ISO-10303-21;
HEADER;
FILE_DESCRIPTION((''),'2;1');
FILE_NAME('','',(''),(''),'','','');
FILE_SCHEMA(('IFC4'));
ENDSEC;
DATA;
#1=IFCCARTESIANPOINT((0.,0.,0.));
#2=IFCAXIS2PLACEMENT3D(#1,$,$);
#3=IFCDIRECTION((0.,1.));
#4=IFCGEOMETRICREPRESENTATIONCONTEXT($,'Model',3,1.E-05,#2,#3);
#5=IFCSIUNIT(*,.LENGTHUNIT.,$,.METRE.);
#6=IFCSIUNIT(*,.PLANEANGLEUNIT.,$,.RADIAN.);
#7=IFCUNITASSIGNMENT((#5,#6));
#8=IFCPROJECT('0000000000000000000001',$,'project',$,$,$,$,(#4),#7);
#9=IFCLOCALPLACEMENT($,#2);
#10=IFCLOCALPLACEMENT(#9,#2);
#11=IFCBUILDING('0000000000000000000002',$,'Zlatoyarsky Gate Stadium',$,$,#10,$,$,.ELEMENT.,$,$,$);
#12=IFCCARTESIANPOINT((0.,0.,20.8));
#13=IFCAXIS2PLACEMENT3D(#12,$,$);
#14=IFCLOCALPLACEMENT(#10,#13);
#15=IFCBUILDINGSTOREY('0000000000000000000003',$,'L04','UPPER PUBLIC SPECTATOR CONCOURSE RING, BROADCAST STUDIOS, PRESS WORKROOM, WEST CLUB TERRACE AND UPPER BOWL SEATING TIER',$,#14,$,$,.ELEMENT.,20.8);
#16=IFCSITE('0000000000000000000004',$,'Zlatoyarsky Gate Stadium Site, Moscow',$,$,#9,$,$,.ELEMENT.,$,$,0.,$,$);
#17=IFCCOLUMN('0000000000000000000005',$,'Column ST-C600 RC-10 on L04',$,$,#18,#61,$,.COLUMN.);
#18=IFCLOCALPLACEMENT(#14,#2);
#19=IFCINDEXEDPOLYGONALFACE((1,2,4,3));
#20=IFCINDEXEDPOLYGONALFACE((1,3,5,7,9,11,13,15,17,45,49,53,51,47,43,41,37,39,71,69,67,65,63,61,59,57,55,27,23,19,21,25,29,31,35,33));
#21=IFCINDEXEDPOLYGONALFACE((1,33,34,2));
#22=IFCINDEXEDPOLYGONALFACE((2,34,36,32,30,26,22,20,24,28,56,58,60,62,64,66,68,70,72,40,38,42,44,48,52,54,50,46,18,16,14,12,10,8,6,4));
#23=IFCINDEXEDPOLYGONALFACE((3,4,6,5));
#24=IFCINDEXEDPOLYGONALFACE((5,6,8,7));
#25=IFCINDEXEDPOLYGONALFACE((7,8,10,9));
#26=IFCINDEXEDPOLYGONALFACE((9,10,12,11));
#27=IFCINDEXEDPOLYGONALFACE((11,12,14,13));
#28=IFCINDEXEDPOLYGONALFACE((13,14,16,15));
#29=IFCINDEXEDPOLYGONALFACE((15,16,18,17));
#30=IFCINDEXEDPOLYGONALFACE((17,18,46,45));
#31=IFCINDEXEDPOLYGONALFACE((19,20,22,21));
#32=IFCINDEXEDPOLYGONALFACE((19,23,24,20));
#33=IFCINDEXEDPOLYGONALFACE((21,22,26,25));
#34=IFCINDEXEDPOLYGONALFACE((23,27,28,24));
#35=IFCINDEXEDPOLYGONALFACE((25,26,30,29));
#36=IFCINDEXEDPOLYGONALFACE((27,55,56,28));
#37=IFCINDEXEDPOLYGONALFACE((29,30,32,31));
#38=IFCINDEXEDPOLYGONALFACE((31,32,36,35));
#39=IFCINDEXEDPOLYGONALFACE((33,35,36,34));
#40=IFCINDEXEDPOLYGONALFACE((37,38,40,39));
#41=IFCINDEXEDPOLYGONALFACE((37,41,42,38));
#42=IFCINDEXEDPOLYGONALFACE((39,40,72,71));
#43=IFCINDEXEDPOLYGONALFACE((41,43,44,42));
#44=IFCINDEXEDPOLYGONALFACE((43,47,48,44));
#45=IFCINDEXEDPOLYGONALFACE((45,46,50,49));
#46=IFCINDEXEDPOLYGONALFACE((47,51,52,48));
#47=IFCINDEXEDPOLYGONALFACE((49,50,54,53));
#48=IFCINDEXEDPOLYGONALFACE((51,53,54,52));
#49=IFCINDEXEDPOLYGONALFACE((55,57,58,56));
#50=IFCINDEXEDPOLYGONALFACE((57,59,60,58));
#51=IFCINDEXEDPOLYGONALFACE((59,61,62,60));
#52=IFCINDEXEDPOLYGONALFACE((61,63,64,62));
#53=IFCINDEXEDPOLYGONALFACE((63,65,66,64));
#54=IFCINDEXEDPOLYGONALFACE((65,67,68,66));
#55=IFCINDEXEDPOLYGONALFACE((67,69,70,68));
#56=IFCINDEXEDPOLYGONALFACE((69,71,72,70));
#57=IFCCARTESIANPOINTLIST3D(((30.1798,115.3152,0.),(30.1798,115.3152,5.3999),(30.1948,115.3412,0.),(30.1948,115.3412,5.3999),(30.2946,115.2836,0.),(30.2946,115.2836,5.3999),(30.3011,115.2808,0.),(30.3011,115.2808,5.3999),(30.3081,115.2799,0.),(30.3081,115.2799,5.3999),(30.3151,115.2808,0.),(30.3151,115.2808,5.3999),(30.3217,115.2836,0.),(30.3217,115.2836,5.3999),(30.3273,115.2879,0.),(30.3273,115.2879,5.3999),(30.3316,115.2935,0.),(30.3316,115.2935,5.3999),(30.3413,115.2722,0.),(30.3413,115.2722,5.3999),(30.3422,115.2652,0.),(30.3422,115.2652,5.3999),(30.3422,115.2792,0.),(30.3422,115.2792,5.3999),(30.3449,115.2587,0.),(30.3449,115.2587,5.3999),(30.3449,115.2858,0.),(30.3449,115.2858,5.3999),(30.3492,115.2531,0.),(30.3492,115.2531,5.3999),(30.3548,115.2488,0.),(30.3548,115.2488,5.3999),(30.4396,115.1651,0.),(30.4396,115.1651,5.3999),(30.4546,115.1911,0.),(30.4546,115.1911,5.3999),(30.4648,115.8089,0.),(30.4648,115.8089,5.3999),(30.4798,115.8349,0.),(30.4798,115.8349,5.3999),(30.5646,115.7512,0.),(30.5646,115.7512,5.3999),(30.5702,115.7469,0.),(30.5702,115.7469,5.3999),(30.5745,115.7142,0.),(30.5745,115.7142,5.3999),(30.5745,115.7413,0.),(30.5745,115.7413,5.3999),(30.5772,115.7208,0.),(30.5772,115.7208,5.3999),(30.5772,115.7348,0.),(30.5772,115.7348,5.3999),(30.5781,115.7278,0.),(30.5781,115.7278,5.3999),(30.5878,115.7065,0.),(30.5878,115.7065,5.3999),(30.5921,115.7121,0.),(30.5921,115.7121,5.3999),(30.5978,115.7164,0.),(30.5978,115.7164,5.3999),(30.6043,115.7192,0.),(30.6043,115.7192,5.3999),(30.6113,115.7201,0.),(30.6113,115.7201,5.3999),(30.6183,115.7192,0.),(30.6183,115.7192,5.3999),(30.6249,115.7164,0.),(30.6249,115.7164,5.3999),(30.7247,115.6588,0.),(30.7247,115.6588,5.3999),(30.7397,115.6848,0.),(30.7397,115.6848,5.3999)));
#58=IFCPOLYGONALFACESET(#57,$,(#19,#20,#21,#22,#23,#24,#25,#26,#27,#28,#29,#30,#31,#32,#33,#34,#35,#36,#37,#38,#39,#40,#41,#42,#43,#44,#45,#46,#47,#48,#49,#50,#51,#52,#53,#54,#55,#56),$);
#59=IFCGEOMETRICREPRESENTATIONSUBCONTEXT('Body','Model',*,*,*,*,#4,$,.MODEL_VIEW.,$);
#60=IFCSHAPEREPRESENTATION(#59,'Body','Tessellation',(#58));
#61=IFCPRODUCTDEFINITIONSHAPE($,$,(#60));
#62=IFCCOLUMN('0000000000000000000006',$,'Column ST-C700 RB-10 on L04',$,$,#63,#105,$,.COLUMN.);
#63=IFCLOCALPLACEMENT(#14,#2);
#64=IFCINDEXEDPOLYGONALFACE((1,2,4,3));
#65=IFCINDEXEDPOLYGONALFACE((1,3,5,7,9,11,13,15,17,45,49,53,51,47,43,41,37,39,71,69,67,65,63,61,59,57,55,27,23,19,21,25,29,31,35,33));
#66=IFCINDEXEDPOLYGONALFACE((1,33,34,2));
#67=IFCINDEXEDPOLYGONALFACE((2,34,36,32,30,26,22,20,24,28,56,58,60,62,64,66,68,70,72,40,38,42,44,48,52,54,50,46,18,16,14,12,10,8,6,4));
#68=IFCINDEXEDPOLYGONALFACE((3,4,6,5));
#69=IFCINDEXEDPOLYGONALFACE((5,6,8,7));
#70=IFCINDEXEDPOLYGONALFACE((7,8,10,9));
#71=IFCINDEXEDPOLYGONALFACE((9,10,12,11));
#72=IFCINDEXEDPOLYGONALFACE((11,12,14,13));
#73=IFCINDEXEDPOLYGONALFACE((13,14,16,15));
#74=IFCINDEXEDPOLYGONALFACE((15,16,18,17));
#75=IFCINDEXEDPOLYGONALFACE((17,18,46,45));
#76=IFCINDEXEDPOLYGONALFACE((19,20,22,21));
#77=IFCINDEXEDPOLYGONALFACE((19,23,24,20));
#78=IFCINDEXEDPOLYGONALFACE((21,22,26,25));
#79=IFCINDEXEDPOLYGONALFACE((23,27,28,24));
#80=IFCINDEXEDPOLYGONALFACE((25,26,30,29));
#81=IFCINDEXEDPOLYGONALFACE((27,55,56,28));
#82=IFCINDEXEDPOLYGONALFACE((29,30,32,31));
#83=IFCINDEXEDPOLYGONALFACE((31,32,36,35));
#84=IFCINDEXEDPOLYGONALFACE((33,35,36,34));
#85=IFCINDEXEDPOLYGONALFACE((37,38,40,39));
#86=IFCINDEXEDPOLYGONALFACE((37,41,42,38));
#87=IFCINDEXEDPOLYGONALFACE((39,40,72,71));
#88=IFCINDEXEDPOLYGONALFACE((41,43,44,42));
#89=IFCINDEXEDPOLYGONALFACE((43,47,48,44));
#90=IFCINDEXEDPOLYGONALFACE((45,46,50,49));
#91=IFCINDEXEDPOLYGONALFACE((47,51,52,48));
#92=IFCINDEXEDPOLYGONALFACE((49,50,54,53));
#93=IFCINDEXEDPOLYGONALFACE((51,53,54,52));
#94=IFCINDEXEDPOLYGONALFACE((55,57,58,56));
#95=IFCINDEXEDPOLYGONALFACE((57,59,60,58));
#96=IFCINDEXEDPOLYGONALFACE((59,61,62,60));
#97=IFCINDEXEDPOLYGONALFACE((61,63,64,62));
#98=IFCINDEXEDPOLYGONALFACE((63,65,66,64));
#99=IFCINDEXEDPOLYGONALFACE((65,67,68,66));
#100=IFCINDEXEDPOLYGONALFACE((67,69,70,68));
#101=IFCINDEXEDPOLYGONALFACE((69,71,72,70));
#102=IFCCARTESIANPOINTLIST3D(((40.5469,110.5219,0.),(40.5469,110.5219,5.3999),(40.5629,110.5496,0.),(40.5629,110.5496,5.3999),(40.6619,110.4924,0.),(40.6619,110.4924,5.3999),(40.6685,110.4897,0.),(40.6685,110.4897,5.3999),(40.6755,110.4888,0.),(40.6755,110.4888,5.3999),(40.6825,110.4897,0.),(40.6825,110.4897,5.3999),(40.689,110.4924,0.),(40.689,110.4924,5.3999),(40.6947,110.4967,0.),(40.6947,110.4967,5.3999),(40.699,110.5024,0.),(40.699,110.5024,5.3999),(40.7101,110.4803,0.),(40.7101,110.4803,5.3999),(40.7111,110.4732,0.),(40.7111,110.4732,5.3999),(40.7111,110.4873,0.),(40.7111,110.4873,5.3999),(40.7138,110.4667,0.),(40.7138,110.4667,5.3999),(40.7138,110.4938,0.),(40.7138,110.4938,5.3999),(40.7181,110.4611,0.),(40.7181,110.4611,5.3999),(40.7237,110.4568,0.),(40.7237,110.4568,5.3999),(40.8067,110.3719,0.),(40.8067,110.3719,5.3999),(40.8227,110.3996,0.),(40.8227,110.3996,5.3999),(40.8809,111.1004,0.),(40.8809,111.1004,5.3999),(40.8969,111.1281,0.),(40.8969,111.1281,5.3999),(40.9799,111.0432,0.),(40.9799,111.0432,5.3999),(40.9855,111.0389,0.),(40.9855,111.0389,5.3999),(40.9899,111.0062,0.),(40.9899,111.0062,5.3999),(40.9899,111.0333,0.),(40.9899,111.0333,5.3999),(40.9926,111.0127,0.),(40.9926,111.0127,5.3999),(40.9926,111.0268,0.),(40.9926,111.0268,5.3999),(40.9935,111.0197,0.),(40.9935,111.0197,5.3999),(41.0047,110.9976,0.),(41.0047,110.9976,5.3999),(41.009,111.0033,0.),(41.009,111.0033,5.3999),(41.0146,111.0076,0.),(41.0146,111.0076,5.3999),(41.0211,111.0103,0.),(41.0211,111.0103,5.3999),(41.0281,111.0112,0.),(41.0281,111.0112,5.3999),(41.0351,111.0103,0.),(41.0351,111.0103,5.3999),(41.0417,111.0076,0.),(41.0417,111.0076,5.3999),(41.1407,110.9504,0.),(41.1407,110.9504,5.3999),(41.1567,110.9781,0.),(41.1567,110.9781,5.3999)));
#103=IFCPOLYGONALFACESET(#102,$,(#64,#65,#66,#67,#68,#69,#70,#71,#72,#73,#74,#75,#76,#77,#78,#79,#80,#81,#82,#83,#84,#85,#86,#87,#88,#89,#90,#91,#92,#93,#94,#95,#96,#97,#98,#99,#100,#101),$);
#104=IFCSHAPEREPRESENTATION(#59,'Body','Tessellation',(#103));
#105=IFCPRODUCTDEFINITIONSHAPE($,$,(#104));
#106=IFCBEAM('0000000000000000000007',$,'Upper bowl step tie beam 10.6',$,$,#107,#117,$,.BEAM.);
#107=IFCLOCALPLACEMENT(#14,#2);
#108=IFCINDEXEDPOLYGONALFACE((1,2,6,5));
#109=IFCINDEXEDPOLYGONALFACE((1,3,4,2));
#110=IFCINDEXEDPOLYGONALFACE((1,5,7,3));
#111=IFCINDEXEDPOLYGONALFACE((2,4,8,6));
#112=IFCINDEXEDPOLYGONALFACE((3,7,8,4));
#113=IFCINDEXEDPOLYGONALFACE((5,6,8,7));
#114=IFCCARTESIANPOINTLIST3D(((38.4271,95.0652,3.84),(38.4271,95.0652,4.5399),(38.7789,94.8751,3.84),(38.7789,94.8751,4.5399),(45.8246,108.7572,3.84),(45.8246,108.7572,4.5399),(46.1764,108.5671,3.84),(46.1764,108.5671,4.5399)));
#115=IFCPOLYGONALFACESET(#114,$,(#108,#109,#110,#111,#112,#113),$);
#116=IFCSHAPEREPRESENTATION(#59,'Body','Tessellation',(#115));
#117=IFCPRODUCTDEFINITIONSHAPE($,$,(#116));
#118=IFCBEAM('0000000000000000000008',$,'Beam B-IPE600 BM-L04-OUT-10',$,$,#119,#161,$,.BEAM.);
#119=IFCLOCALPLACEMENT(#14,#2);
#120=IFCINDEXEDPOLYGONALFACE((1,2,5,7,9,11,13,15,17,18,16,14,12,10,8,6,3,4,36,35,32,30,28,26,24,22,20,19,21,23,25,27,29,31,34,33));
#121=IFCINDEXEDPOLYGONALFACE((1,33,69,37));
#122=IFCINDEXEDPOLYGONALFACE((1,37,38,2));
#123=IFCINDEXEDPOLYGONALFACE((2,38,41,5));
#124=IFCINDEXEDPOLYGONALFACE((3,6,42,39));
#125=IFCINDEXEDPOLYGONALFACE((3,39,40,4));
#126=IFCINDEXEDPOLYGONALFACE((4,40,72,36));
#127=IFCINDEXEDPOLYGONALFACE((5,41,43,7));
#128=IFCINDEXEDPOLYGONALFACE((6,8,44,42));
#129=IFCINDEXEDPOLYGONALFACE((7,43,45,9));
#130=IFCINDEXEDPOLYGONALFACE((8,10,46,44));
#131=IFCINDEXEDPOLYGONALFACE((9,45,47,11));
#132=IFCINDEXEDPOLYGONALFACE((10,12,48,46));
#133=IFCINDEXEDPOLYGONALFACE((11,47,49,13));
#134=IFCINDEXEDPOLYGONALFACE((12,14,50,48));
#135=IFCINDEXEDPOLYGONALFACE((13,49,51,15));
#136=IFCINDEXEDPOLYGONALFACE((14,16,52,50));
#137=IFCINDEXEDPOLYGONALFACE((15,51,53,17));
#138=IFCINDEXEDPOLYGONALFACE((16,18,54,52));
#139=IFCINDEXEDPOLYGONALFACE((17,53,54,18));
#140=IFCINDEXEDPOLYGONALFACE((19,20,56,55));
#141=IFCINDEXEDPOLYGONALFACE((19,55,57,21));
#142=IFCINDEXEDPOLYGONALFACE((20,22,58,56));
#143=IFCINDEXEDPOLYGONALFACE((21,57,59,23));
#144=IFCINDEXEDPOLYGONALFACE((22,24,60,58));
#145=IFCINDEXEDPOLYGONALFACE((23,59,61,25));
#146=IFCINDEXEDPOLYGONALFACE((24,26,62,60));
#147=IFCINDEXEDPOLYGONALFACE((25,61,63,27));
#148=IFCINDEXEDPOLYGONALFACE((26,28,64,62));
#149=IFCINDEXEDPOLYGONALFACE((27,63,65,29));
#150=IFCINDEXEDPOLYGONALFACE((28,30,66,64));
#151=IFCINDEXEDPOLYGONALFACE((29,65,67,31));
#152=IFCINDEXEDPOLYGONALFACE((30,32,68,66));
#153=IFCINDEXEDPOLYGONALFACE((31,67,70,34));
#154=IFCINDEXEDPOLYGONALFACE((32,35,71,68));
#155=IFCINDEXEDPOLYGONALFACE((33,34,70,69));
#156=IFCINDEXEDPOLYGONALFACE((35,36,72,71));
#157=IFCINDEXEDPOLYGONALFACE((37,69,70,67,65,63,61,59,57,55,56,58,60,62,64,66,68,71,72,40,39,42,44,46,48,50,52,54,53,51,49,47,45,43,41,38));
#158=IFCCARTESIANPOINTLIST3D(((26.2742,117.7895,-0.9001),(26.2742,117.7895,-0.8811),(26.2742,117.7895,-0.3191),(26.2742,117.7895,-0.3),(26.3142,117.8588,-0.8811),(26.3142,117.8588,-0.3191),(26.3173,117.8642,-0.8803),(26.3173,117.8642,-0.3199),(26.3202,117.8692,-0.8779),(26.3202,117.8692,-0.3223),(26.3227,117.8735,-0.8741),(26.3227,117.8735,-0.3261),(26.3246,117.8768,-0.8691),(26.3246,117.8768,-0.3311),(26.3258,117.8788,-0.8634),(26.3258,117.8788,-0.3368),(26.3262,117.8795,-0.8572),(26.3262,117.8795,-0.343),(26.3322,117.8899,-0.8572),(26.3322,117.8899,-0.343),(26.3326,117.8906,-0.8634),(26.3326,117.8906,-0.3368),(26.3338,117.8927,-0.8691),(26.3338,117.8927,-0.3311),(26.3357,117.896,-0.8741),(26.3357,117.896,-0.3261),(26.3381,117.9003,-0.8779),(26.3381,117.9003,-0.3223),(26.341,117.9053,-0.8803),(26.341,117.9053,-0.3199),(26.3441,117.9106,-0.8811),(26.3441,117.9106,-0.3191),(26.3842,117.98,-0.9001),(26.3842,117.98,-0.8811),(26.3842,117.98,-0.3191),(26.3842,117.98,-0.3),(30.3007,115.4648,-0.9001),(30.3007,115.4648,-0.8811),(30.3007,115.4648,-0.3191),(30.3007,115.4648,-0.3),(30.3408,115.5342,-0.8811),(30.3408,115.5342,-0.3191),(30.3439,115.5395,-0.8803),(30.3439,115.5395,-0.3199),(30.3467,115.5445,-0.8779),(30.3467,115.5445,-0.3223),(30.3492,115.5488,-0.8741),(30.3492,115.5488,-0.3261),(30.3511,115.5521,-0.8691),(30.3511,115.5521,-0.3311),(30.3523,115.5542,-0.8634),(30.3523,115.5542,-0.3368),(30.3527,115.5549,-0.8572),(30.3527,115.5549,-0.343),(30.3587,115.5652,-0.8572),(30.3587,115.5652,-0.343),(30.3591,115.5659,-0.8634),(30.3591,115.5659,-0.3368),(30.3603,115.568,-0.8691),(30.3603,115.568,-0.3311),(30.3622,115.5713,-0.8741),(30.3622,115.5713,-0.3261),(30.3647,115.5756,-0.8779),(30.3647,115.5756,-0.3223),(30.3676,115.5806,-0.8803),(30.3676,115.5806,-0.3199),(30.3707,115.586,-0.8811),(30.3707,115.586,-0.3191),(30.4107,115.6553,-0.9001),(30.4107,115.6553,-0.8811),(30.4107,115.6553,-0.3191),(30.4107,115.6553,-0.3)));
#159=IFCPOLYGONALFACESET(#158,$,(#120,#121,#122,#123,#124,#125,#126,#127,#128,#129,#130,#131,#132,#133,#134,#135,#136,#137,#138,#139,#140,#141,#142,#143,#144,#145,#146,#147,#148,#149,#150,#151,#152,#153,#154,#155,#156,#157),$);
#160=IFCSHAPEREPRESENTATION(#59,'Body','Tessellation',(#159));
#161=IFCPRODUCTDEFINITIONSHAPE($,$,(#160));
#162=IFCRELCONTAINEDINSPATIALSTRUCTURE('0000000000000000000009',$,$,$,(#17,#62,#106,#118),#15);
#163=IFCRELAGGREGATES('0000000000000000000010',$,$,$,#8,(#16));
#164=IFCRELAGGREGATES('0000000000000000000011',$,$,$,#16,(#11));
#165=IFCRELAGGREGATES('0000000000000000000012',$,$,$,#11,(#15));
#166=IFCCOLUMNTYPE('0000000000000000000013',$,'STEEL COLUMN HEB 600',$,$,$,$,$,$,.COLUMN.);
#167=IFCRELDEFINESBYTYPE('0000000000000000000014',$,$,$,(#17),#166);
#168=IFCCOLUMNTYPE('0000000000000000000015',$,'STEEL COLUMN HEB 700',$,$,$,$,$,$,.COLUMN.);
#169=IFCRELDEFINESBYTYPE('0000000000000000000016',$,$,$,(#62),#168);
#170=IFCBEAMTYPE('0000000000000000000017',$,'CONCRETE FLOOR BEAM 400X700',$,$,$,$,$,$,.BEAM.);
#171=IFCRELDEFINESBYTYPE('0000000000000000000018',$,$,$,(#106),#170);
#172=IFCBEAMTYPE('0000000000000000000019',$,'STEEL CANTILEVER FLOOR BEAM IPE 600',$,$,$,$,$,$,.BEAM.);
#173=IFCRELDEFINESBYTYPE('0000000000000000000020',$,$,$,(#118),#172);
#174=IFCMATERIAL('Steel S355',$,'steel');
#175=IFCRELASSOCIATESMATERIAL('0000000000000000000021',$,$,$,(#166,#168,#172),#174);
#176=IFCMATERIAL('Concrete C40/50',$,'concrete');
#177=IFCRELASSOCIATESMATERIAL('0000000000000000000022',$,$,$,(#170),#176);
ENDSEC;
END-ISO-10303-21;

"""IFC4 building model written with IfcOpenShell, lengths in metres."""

from ifc_helpers import new_model, si_unit, direction, frame, origin, origin_2d, place, context, subcontext, project, spatial, rectangle, i_section, extrude, material, material_profile, profile_set, type_object, element, save


model = new_model("IFC4")

# Units and contexts
model_context = context("Model", 3, precision=1e-05, world=origin(), true_north=direction((0.0, 1.0)))
body_context = subcontext(model_context, "Body", "Model", "MODEL_VIEW")
ifc_project = project(units=[si_unit("LENGTHUNIT", "METRE"), si_unit("PLANEANGLEUNIT", "RADIAN")], contexts=[model_context])

# Site, building, storey
site_placement = place(None, origin())
site = spatial("IfcSite", under=ifc_project, at=site_placement, Name="Zlatoyarsky Gate Stadium Site, Moscow", CompositionType="ELEMENT", RefElevation=0.0)
building_placement = place(site_placement, origin())
building = spatial("IfcBuilding", under=site, at=building_placement, Name="Zlatoyarsky Gate Stadium", CompositionType="ELEMENT")
storey_placement = place(building_placement, frame((0.0, 0.0, 20.8)))
storey = spatial("IfcBuildingStorey", under=building, at=storey_placement, Name="L04", Description="UPPER PUBLIC SPECTATOR CONCOURSE RING, BROADCAST STUDIOS, PRESS WORKROOM, WEST CLUB TERRACE AND UPPER BOWL SEATING TIER", CompositionType="ELEMENT", Elevation=20.8)

# Columns
ifc_material_1 = material(Name="Steel S355", Category="steel")
ifc_material_profile_1 = material_profile(ifc_material_1, i_section(OverallWidth=0.3, OverallDepth=0.6001, WebThickness=0.0154, FlangeThickness=0.03, FilletRadius=0.0271, at=origin_2d()), Name="HEB 600")
ifc_profile_set_1 = profile_set([ifc_material_profile_1], Name="Steel S355")
column_type_1 = type_object("IfcColumnType", Name="STEEL COLUMN HEB 600", PredefinedType="COLUMN", material=ifc_profile_set_1)
column_1_placement = place(storey_placement, frame((30.4597, 115.5, 0.0), z_axis=(0.0, 0.0, 1.0), x_axis=(-0.866025, 0.5, 0.0)))
element("IfcColumn", 1, at=column_1_placement, inside=storey, type_object=column_type_1, Name="Column ST-C600 RC-10 on L04", PredefinedType="COLUMN", context=body_context, shape_type="SweptSolid", body=[
    extrude(i_section(OverallWidth=0.3, OverallDepth=0.6001, WebThickness=0.0154, FlangeThickness=0.03, FilletRadius=0.0271, at=origin_2d()), origin(), (0.0, 0.0, 1.0), 5.3999),
])
ifc_material_profile_2 = material_profile(ifc_material_1, i_section(OverallWidth=0.3, OverallDepth=0.7, WebThickness=0.0171, FlangeThickness=0.032, FilletRadius=0.0271, at=origin_2d()), Name="HEB 700")
ifc_profile_set_2 = profile_set([ifc_material_profile_2], Name="Steel S355")
column_type_2 = type_object("IfcColumnType", Name="STEEL COLUMN HEB 700", PredefinedType="COLUMN", material=ifc_profile_set_2)
column_2_placement = place(storey_placement, frame((40.8518, 110.75, 0.0), z_axis=(0.0, 0.0, 1.0), x_axis=(-0.866025, 0.5, 0.0)))
element("IfcColumn", 2, at=column_2_placement, inside=storey, type_object=column_type_2, Name="Column ST-C700 RB-10 on L04", PredefinedType="COLUMN", context=body_context, shape_type="SweptSolid", body=[
    extrude(i_section(OverallWidth=0.3, OverallDepth=0.7, WebThickness=0.0171, FlangeThickness=0.032, FilletRadius=0.0271, at=origin_2d()), origin(), (0.0, 0.0, 1.0), 5.3999),
])

# Beams
ifc_material_2 = material(Name="Concrete C40/50", Category="concrete")
ifc_material_profile_3 = material_profile(ifc_material_2, rectangle(XDim=0.3999, YDim=0.7, at=origin_2d()), Name="RC BEAM 400X700")
ifc_profile_set_3 = profile_set([ifc_material_profile_3], Name="Concrete C40/50")
beam_type_1 = type_object("IfcBeamType", Name="CONCRETE FLOOR BEAM 400X700", PredefinedType="BEAM", material=ifc_profile_set_3)
beam_1_placement = place(storey_placement, frame((46.0005, 108.6621, 4.1899), z_axis=(-0.47534, -0.879802, 0.0), x_axis=(0.879802, -0.47534, 0.0)))
element("IfcBeam", 3, at=beam_1_placement, inside=storey, type_object=beam_type_1, Name="Upper bowl step tie beam 10.6", PredefinedType="BEAM", context=body_context, shape_type="SweptSolid", body=[
    extrude(rectangle(XDim=0.3999, YDim=0.7, at=origin_2d()), origin(), (0.0, 0.0, 1.0), 15.5625),
])
ifc_material_profile_4 = material_profile(ifc_material_1, i_section(OverallWidth=0.22, OverallDepth=0.6001, WebThickness=0.012, FlangeThickness=0.019, FilletRadius=0.0239, at=origin_2d()), Name="IPE 600")
ifc_profile_set_4 = profile_set([ifc_material_profile_4], Name="Steel S355")
beam_type_2 = type_object("IfcBeamType", Name="STEEL CANTILEVER FLOOR BEAM IPE 600", PredefinedType="BEAM", material=ifc_profile_set_4)
beam_2_placement = place(storey_placement, frame((30.3557, 115.5601, -0.6001), z_axis=(-0.866031, 0.499991, 0.0), x_axis=(-0.499991, -0.866031, 0.0)))
element("IfcBeam", 4, at=beam_2_placement, inside=storey, type_object=beam_type_2, Name="Beam B-IPE600 BM-L04-OUT-10", PredefinedType="BEAM", context=body_context, shape_type="SweptSolid", body=[
    extrude(i_section(OverallWidth=0.22, OverallDepth=0.6001, WebThickness=0.012, FlangeThickness=0.019, FilletRadius=0.0239, at=origin_2d()), origin(), (0.0, 0.0, 1.0), 4.6494),
])

save(model, "model.ifc")
